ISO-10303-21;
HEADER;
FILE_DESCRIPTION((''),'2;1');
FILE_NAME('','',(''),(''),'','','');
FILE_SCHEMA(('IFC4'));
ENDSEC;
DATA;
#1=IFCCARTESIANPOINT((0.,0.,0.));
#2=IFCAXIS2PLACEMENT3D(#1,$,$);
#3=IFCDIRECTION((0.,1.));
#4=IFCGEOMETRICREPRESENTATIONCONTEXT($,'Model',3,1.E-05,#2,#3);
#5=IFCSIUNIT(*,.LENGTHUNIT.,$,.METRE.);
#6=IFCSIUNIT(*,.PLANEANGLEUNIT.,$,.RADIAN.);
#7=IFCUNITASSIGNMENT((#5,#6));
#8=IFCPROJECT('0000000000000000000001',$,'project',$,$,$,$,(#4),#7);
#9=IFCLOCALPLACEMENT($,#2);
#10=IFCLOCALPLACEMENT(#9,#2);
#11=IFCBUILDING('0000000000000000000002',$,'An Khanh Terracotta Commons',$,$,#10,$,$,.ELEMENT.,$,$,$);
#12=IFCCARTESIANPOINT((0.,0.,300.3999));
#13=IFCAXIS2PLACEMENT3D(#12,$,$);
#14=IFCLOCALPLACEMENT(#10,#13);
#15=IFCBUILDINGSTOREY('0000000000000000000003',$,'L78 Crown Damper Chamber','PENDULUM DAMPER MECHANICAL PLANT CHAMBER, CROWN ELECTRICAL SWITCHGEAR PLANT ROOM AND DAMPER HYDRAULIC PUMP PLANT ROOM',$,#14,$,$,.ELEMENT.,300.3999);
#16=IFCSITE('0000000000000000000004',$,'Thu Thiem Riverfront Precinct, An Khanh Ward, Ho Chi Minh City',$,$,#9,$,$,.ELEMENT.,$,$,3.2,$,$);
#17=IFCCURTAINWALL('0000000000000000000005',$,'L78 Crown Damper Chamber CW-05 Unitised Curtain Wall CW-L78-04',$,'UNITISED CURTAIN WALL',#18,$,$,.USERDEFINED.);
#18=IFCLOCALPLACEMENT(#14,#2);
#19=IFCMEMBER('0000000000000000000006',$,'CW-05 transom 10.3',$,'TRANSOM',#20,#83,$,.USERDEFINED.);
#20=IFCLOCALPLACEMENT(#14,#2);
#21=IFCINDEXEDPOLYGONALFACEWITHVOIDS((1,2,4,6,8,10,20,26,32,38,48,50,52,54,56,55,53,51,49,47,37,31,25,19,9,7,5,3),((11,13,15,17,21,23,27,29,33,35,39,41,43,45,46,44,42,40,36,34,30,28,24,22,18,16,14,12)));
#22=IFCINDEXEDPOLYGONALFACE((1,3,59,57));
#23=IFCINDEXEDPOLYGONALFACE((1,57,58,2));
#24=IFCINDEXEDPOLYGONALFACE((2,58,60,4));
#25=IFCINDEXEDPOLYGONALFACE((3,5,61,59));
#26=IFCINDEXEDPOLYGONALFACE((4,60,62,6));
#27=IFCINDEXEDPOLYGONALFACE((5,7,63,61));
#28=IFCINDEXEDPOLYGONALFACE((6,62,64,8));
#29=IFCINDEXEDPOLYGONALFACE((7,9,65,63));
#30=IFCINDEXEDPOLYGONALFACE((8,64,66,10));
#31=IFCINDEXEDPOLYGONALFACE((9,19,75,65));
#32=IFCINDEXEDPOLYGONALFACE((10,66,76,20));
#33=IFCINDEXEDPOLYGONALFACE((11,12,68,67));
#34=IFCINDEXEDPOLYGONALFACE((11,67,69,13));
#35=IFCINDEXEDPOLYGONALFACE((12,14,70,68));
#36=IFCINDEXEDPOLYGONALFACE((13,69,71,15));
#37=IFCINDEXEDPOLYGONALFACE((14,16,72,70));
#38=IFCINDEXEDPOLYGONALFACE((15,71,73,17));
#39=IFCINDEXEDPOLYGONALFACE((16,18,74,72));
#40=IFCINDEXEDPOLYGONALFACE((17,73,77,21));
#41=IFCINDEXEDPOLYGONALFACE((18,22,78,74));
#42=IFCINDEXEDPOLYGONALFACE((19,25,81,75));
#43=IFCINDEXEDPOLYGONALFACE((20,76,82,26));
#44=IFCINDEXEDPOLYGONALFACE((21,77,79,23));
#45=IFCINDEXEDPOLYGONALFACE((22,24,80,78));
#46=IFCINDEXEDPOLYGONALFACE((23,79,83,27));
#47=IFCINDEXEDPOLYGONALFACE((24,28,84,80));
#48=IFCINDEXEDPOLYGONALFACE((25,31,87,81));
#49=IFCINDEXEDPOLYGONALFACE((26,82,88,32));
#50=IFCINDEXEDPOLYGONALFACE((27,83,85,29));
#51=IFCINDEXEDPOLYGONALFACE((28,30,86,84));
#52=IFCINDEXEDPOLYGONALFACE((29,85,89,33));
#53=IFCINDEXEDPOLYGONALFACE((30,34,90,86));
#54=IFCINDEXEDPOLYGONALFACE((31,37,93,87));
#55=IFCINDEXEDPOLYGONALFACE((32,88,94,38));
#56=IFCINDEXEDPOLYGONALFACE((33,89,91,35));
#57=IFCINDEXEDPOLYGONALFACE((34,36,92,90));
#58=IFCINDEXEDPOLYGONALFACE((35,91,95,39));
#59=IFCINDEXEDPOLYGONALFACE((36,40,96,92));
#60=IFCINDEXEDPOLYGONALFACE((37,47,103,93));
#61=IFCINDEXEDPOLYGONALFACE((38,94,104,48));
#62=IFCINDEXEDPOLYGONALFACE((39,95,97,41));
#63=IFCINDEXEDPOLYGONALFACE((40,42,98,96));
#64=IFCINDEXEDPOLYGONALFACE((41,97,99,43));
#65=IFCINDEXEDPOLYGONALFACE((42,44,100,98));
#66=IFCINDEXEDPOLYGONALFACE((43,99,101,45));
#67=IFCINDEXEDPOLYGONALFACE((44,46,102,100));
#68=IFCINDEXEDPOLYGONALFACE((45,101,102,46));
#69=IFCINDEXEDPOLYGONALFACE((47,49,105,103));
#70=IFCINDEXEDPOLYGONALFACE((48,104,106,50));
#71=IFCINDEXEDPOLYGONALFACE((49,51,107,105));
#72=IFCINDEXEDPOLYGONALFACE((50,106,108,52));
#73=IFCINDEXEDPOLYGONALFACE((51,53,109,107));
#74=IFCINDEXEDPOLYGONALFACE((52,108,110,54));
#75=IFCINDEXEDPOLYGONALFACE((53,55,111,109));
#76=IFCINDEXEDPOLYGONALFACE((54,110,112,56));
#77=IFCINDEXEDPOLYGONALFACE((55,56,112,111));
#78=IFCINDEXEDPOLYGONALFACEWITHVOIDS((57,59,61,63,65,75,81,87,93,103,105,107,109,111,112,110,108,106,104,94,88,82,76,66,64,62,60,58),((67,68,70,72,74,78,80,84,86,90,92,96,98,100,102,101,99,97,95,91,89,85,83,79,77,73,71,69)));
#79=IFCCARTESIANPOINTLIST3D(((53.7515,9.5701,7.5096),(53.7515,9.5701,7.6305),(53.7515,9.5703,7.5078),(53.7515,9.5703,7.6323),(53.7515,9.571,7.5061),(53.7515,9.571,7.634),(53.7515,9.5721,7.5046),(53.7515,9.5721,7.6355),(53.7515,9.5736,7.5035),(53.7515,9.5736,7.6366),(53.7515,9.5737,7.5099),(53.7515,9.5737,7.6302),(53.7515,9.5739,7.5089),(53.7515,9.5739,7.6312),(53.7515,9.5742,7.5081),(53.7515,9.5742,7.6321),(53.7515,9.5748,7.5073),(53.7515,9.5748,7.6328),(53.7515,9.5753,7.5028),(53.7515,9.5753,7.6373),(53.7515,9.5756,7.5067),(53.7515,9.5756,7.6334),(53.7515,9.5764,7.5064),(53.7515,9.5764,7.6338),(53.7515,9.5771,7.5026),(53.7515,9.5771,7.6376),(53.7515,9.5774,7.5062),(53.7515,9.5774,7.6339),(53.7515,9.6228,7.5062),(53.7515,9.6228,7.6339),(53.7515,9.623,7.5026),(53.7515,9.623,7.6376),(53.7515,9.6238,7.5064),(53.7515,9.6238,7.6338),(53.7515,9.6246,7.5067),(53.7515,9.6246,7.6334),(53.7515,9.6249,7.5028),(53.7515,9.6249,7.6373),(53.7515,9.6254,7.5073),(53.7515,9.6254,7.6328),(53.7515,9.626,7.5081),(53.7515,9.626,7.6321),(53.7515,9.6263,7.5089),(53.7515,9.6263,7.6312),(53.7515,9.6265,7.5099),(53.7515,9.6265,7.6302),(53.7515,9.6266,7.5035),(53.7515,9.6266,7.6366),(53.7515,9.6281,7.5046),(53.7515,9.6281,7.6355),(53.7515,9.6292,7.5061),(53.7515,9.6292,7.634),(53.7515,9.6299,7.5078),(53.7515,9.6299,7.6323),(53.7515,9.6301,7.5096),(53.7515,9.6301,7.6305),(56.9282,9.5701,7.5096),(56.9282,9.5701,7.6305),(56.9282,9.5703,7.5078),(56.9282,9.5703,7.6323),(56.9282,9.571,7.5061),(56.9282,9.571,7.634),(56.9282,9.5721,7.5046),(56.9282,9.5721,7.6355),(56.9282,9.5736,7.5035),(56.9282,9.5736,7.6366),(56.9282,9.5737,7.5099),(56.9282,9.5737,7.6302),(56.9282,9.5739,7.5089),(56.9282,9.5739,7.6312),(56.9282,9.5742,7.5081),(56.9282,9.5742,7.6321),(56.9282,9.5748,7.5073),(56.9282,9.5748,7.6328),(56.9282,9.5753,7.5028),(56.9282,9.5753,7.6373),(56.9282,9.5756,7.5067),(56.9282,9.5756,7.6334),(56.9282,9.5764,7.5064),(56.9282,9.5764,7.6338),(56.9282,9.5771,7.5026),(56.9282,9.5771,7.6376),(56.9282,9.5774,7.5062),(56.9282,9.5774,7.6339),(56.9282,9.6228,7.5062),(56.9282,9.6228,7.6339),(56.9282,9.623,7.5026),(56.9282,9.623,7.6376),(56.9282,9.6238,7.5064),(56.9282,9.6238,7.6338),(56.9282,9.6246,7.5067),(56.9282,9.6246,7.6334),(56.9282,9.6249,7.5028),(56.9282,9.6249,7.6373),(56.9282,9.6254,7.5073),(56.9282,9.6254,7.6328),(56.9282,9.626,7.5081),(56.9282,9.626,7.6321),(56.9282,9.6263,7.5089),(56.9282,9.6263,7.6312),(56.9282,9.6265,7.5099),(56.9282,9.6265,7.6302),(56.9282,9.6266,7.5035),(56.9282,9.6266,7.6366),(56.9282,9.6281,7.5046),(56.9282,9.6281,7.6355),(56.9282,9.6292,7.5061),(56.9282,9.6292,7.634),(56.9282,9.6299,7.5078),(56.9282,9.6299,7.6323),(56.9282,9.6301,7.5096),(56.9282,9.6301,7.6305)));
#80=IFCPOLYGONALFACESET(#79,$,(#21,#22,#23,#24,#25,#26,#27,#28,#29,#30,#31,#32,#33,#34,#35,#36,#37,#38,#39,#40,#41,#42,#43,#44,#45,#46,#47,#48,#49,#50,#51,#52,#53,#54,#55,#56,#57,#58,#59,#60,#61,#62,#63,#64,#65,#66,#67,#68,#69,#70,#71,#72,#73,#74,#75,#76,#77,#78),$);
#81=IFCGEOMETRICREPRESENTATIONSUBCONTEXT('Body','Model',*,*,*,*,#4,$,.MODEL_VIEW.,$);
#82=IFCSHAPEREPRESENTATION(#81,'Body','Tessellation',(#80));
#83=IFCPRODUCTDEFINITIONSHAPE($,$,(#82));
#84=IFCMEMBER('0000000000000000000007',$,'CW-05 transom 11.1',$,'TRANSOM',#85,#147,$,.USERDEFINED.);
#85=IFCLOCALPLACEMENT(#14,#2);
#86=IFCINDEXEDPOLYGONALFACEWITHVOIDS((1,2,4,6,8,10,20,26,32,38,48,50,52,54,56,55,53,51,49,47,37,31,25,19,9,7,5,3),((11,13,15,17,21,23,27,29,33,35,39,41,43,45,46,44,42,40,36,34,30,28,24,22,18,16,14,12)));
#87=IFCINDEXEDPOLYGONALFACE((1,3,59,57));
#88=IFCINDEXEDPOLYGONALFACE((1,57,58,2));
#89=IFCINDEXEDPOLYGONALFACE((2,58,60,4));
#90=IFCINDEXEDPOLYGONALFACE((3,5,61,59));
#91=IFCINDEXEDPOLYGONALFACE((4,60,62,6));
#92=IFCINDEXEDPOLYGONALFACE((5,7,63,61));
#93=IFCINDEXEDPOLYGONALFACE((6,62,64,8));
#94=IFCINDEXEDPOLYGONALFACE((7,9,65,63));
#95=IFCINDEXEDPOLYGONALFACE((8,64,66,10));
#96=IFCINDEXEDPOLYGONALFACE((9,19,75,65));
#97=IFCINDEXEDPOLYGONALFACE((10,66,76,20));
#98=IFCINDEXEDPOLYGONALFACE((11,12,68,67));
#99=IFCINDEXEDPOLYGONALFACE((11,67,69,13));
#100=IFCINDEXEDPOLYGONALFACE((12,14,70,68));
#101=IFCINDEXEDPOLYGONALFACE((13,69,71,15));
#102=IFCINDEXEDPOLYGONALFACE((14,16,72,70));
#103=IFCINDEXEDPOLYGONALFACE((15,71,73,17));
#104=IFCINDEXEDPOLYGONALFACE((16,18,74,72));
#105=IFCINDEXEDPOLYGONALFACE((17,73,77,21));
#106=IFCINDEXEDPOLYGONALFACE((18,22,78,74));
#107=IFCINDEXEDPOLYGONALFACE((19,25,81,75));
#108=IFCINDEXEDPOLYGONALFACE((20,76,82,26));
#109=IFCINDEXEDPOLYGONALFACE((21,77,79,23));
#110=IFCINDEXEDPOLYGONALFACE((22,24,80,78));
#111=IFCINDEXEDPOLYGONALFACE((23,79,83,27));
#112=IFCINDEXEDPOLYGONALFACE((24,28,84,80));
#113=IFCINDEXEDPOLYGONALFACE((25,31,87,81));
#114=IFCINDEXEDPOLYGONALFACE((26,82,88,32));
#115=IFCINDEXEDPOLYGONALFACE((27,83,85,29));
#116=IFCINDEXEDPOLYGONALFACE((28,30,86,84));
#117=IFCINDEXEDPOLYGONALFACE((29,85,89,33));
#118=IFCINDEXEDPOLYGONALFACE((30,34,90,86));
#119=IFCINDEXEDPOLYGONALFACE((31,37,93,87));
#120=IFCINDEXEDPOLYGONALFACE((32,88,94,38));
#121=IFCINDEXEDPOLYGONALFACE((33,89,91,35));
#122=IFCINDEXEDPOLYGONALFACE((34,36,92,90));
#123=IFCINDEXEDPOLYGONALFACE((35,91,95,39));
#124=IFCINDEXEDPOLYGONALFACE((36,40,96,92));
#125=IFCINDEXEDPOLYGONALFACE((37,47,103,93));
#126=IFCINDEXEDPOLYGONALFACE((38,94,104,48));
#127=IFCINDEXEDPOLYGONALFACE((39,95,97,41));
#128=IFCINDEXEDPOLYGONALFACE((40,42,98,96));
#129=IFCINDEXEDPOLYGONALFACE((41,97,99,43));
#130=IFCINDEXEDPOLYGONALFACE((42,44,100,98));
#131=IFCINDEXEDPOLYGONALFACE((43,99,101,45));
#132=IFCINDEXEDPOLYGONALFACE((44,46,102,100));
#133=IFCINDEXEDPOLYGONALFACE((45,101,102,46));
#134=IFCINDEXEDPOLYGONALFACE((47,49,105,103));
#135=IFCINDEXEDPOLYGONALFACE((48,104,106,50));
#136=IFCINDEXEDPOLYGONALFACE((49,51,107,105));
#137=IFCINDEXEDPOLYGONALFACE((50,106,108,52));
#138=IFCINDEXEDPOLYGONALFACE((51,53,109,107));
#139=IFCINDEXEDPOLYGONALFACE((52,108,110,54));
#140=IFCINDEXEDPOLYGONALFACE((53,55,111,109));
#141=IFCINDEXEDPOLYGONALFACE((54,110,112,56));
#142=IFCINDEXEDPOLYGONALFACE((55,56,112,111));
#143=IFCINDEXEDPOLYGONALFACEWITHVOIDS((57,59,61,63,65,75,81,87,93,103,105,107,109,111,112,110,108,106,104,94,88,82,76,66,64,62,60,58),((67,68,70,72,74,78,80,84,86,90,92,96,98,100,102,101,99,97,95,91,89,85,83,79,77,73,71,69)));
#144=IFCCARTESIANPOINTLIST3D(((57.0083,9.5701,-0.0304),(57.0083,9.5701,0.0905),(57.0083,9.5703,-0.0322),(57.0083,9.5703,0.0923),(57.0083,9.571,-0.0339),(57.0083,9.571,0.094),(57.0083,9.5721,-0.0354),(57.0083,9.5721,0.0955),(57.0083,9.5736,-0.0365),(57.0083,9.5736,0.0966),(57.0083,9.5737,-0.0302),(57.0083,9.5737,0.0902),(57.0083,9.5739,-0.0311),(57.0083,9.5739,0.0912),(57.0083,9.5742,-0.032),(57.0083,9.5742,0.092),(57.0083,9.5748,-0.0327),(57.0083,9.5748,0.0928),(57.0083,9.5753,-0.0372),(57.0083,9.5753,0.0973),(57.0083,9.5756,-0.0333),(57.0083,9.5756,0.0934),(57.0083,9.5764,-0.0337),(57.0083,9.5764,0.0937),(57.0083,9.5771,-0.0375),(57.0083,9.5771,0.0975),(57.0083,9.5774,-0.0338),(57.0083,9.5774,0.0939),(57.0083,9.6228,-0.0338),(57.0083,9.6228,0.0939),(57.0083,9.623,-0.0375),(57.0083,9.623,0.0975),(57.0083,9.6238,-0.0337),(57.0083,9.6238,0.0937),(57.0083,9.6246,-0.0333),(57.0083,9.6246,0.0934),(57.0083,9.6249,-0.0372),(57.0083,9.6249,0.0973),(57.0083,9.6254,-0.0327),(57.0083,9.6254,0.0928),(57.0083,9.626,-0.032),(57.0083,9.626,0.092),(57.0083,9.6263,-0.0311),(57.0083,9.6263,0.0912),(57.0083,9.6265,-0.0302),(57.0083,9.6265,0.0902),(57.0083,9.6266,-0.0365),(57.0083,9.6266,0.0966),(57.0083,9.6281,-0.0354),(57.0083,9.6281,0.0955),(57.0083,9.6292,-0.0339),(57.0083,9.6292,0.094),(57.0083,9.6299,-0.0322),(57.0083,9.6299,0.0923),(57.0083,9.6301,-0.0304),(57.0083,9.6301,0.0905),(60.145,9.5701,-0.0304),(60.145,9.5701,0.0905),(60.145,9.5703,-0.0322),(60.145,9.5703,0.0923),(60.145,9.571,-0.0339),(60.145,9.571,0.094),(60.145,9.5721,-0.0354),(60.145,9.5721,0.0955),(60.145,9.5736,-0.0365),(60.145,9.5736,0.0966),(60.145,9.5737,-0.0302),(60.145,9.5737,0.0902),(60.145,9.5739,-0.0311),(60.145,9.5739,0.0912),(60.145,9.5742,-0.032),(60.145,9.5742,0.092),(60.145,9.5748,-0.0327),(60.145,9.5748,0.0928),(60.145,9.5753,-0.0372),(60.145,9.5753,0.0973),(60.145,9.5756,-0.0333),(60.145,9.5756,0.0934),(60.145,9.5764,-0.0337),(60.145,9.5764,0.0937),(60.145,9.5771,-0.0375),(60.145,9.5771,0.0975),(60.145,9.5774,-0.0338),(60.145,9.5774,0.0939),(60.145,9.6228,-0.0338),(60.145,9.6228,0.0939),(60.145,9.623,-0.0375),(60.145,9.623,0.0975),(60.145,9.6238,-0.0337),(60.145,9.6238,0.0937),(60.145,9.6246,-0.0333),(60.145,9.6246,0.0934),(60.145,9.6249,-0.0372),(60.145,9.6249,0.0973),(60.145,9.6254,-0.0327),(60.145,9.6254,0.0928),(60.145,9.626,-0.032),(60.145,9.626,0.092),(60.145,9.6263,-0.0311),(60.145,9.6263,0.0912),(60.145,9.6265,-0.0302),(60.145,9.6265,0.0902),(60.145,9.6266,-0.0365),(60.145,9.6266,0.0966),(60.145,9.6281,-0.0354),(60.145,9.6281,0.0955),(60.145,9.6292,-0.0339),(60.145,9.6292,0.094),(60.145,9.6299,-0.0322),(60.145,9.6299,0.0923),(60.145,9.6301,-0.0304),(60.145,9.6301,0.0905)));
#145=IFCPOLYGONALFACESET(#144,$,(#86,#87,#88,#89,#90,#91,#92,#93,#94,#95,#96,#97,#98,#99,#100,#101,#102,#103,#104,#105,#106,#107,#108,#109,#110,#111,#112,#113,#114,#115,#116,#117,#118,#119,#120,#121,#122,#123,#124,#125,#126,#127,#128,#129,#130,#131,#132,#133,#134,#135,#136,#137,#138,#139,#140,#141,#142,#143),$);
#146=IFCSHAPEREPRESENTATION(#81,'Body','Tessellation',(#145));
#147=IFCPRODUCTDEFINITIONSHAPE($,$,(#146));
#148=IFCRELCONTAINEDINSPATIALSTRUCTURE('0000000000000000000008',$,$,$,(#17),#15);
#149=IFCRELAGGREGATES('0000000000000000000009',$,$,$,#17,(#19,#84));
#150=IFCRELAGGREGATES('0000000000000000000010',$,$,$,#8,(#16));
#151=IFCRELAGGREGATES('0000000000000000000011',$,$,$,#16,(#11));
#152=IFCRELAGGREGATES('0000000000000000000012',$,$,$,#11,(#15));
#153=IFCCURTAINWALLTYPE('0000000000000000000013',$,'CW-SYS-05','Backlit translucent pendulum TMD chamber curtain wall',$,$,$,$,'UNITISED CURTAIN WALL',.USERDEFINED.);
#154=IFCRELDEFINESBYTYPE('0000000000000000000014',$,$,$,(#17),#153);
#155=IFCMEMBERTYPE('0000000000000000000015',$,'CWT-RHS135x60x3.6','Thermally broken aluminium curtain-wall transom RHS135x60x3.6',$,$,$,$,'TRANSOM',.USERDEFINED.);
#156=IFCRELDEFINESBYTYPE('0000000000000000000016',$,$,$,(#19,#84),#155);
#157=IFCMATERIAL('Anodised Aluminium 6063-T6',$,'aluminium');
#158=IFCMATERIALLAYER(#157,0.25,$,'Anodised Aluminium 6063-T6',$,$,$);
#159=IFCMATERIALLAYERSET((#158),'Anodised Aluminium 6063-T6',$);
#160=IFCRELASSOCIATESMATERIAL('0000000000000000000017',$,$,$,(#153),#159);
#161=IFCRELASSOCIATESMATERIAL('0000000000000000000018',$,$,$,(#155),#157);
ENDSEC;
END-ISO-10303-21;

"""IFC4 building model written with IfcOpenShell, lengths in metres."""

from ifc_helpers import new_model, si_unit, direction, frame, origin, origin_2d, place, context, subcontext, project, spatial, hollow_rectangle, extrude, material, layer, layer_set, material_profile, profile_set, type_object, element, aggregate, save


model = new_model("IFC4")

# Units and contexts
model_context = context("Model", 3, precision=1e-05, world=origin(), true_north=direction((0.0, 1.0)))
body_context = subcontext(model_context, "Body", "Model", "MODEL_VIEW")
ifc_project = project(units=[si_unit("LENGTHUNIT", "METRE"), si_unit("PLANEANGLEUNIT", "RADIAN")], contexts=[model_context])

# Site, building, storey
site_placement = place(None, origin())
site = spatial("IfcSite", under=ifc_project, at=site_placement, Name="Thu Thiem Riverfront Precinct, An Khanh Ward, Ho Chi Minh City", CompositionType="ELEMENT", RefElevation=3.2)
building_placement = place(site_placement, origin())
building = spatial("IfcBuilding", under=site, at=building_placement, Name="An Khanh Terracotta Commons", CompositionType="ELEMENT")
storey_placement = place(building_placement, frame((0.0, 0.0, 300.3999)))
storey = spatial("IfcBuildingStorey", under=building, at=storey_placement, Name="L78 Crown Damper Chamber", Description="PENDULUM DAMPER MECHANICAL PLANT CHAMBER, CROWN ELECTRICAL SWITCHGEAR PLANT ROOM AND DAMPER HYDRAULIC PUMP PLANT ROOM", CompositionType="ELEMENT", Elevation=300.3999)

# Curtain wall, members
ifc_material_1 = material(Name="Anodised Aluminium 6063-T6", Category="aluminium")
ifc_layer_1 = layer(ifc_material_1, 0.25, Name="Anodised Aluminium 6063-T6")
ifc_layer_set_1 = layer_set([ifc_layer_1], Name="Anodised Aluminium 6063-T6")
curtain_wall_type = type_object("IfcCurtainWallType", Name="CW-SYS-05", Description="Backlit translucent pendulum TMD chamber curtain wall", ElementType="UNITISED CURTAIN WALL", PredefinedType="USERDEFINED", material=ifc_layer_set_1)
curtain_wall_placement = place(storey_placement, origin())
curtain_wall = element("IfcCurtainWall", 1, at=curtain_wall_placement, inside=storey, type_object=curtain_wall_type, Name="L78 Crown Damper Chamber CW-05 Unitised Curtain Wall CW-L78-04", ObjectType="UNITISED CURTAIN WALL", PredefinedType="USERDEFINED")
ifc_material_profile_1 = material_profile(ifc_material_1, hollow_rectangle(XDim=0.0601, YDim=0.135, WallThickness=0.0037, InnerFilletRadius=0.0037, OuterFilletRadius=0.0071, at=origin_2d()), Name="RHS135x60x3.6")
ifc_profile_set_1 = profile_set([ifc_material_profile_1], Name="Anodised Aluminium 6063-T6")
member_type_1 = type_object("IfcMemberType", Name="CWT-RHS135x60x3.6", Description="Thermally broken aluminium curtain-wall transom RHS135x60x3.6", ElementType="TRANSOM", PredefinedType="USERDEFINED", material=ifc_profile_set_1)
member_1_placement = place(storey_placement, frame((53.7515, 9.6001, 7.5701), z_axis=(1.0, 0.0, 0.0), x_axis=(0.0, 1.0, 0.0)))
member_1 = element("IfcMember", 2, at=member_1_placement, type_object=member_type_1, Name="CW-05 transom 10.3", ObjectType="TRANSOM", PredefinedType="USERDEFINED", context=body_context, shape_type="SweptSolid", body=[
    extrude(hollow_rectangle(XDim=0.0601, YDim=0.135, WallThickness=0.0037, InnerFilletRadius=0.0037, OuterFilletRadius=0.0071, at=origin_2d()), origin(), (0.0, 0.0, 1.0), 3.1768),
])
member_2_placement = place(storey_placement, frame((57.0083, 9.6001, 0.03), z_axis=(1.0, 0.0, 0.0), x_axis=(0.0, 1.0, 0.0)))
member_2 = element("IfcMember", 3, at=member_2_placement, type_object=member_type_1, Name="CW-05 transom 11.1", ObjectType="TRANSOM", PredefinedType="USERDEFINED", context=body_context, shape_type="SweptSolid", body=[
    extrude(hollow_rectangle(XDim=0.0601, YDim=0.135, WallThickness=0.0037, InnerFilletRadius=0.0037, OuterFilletRadius=0.0071, at=origin_2d()), origin(), (0.0, 0.0, 1.0), 3.1367),
])

aggregate(curtain_wall, [member_1, member_2])

save(model, "model.ifc")
